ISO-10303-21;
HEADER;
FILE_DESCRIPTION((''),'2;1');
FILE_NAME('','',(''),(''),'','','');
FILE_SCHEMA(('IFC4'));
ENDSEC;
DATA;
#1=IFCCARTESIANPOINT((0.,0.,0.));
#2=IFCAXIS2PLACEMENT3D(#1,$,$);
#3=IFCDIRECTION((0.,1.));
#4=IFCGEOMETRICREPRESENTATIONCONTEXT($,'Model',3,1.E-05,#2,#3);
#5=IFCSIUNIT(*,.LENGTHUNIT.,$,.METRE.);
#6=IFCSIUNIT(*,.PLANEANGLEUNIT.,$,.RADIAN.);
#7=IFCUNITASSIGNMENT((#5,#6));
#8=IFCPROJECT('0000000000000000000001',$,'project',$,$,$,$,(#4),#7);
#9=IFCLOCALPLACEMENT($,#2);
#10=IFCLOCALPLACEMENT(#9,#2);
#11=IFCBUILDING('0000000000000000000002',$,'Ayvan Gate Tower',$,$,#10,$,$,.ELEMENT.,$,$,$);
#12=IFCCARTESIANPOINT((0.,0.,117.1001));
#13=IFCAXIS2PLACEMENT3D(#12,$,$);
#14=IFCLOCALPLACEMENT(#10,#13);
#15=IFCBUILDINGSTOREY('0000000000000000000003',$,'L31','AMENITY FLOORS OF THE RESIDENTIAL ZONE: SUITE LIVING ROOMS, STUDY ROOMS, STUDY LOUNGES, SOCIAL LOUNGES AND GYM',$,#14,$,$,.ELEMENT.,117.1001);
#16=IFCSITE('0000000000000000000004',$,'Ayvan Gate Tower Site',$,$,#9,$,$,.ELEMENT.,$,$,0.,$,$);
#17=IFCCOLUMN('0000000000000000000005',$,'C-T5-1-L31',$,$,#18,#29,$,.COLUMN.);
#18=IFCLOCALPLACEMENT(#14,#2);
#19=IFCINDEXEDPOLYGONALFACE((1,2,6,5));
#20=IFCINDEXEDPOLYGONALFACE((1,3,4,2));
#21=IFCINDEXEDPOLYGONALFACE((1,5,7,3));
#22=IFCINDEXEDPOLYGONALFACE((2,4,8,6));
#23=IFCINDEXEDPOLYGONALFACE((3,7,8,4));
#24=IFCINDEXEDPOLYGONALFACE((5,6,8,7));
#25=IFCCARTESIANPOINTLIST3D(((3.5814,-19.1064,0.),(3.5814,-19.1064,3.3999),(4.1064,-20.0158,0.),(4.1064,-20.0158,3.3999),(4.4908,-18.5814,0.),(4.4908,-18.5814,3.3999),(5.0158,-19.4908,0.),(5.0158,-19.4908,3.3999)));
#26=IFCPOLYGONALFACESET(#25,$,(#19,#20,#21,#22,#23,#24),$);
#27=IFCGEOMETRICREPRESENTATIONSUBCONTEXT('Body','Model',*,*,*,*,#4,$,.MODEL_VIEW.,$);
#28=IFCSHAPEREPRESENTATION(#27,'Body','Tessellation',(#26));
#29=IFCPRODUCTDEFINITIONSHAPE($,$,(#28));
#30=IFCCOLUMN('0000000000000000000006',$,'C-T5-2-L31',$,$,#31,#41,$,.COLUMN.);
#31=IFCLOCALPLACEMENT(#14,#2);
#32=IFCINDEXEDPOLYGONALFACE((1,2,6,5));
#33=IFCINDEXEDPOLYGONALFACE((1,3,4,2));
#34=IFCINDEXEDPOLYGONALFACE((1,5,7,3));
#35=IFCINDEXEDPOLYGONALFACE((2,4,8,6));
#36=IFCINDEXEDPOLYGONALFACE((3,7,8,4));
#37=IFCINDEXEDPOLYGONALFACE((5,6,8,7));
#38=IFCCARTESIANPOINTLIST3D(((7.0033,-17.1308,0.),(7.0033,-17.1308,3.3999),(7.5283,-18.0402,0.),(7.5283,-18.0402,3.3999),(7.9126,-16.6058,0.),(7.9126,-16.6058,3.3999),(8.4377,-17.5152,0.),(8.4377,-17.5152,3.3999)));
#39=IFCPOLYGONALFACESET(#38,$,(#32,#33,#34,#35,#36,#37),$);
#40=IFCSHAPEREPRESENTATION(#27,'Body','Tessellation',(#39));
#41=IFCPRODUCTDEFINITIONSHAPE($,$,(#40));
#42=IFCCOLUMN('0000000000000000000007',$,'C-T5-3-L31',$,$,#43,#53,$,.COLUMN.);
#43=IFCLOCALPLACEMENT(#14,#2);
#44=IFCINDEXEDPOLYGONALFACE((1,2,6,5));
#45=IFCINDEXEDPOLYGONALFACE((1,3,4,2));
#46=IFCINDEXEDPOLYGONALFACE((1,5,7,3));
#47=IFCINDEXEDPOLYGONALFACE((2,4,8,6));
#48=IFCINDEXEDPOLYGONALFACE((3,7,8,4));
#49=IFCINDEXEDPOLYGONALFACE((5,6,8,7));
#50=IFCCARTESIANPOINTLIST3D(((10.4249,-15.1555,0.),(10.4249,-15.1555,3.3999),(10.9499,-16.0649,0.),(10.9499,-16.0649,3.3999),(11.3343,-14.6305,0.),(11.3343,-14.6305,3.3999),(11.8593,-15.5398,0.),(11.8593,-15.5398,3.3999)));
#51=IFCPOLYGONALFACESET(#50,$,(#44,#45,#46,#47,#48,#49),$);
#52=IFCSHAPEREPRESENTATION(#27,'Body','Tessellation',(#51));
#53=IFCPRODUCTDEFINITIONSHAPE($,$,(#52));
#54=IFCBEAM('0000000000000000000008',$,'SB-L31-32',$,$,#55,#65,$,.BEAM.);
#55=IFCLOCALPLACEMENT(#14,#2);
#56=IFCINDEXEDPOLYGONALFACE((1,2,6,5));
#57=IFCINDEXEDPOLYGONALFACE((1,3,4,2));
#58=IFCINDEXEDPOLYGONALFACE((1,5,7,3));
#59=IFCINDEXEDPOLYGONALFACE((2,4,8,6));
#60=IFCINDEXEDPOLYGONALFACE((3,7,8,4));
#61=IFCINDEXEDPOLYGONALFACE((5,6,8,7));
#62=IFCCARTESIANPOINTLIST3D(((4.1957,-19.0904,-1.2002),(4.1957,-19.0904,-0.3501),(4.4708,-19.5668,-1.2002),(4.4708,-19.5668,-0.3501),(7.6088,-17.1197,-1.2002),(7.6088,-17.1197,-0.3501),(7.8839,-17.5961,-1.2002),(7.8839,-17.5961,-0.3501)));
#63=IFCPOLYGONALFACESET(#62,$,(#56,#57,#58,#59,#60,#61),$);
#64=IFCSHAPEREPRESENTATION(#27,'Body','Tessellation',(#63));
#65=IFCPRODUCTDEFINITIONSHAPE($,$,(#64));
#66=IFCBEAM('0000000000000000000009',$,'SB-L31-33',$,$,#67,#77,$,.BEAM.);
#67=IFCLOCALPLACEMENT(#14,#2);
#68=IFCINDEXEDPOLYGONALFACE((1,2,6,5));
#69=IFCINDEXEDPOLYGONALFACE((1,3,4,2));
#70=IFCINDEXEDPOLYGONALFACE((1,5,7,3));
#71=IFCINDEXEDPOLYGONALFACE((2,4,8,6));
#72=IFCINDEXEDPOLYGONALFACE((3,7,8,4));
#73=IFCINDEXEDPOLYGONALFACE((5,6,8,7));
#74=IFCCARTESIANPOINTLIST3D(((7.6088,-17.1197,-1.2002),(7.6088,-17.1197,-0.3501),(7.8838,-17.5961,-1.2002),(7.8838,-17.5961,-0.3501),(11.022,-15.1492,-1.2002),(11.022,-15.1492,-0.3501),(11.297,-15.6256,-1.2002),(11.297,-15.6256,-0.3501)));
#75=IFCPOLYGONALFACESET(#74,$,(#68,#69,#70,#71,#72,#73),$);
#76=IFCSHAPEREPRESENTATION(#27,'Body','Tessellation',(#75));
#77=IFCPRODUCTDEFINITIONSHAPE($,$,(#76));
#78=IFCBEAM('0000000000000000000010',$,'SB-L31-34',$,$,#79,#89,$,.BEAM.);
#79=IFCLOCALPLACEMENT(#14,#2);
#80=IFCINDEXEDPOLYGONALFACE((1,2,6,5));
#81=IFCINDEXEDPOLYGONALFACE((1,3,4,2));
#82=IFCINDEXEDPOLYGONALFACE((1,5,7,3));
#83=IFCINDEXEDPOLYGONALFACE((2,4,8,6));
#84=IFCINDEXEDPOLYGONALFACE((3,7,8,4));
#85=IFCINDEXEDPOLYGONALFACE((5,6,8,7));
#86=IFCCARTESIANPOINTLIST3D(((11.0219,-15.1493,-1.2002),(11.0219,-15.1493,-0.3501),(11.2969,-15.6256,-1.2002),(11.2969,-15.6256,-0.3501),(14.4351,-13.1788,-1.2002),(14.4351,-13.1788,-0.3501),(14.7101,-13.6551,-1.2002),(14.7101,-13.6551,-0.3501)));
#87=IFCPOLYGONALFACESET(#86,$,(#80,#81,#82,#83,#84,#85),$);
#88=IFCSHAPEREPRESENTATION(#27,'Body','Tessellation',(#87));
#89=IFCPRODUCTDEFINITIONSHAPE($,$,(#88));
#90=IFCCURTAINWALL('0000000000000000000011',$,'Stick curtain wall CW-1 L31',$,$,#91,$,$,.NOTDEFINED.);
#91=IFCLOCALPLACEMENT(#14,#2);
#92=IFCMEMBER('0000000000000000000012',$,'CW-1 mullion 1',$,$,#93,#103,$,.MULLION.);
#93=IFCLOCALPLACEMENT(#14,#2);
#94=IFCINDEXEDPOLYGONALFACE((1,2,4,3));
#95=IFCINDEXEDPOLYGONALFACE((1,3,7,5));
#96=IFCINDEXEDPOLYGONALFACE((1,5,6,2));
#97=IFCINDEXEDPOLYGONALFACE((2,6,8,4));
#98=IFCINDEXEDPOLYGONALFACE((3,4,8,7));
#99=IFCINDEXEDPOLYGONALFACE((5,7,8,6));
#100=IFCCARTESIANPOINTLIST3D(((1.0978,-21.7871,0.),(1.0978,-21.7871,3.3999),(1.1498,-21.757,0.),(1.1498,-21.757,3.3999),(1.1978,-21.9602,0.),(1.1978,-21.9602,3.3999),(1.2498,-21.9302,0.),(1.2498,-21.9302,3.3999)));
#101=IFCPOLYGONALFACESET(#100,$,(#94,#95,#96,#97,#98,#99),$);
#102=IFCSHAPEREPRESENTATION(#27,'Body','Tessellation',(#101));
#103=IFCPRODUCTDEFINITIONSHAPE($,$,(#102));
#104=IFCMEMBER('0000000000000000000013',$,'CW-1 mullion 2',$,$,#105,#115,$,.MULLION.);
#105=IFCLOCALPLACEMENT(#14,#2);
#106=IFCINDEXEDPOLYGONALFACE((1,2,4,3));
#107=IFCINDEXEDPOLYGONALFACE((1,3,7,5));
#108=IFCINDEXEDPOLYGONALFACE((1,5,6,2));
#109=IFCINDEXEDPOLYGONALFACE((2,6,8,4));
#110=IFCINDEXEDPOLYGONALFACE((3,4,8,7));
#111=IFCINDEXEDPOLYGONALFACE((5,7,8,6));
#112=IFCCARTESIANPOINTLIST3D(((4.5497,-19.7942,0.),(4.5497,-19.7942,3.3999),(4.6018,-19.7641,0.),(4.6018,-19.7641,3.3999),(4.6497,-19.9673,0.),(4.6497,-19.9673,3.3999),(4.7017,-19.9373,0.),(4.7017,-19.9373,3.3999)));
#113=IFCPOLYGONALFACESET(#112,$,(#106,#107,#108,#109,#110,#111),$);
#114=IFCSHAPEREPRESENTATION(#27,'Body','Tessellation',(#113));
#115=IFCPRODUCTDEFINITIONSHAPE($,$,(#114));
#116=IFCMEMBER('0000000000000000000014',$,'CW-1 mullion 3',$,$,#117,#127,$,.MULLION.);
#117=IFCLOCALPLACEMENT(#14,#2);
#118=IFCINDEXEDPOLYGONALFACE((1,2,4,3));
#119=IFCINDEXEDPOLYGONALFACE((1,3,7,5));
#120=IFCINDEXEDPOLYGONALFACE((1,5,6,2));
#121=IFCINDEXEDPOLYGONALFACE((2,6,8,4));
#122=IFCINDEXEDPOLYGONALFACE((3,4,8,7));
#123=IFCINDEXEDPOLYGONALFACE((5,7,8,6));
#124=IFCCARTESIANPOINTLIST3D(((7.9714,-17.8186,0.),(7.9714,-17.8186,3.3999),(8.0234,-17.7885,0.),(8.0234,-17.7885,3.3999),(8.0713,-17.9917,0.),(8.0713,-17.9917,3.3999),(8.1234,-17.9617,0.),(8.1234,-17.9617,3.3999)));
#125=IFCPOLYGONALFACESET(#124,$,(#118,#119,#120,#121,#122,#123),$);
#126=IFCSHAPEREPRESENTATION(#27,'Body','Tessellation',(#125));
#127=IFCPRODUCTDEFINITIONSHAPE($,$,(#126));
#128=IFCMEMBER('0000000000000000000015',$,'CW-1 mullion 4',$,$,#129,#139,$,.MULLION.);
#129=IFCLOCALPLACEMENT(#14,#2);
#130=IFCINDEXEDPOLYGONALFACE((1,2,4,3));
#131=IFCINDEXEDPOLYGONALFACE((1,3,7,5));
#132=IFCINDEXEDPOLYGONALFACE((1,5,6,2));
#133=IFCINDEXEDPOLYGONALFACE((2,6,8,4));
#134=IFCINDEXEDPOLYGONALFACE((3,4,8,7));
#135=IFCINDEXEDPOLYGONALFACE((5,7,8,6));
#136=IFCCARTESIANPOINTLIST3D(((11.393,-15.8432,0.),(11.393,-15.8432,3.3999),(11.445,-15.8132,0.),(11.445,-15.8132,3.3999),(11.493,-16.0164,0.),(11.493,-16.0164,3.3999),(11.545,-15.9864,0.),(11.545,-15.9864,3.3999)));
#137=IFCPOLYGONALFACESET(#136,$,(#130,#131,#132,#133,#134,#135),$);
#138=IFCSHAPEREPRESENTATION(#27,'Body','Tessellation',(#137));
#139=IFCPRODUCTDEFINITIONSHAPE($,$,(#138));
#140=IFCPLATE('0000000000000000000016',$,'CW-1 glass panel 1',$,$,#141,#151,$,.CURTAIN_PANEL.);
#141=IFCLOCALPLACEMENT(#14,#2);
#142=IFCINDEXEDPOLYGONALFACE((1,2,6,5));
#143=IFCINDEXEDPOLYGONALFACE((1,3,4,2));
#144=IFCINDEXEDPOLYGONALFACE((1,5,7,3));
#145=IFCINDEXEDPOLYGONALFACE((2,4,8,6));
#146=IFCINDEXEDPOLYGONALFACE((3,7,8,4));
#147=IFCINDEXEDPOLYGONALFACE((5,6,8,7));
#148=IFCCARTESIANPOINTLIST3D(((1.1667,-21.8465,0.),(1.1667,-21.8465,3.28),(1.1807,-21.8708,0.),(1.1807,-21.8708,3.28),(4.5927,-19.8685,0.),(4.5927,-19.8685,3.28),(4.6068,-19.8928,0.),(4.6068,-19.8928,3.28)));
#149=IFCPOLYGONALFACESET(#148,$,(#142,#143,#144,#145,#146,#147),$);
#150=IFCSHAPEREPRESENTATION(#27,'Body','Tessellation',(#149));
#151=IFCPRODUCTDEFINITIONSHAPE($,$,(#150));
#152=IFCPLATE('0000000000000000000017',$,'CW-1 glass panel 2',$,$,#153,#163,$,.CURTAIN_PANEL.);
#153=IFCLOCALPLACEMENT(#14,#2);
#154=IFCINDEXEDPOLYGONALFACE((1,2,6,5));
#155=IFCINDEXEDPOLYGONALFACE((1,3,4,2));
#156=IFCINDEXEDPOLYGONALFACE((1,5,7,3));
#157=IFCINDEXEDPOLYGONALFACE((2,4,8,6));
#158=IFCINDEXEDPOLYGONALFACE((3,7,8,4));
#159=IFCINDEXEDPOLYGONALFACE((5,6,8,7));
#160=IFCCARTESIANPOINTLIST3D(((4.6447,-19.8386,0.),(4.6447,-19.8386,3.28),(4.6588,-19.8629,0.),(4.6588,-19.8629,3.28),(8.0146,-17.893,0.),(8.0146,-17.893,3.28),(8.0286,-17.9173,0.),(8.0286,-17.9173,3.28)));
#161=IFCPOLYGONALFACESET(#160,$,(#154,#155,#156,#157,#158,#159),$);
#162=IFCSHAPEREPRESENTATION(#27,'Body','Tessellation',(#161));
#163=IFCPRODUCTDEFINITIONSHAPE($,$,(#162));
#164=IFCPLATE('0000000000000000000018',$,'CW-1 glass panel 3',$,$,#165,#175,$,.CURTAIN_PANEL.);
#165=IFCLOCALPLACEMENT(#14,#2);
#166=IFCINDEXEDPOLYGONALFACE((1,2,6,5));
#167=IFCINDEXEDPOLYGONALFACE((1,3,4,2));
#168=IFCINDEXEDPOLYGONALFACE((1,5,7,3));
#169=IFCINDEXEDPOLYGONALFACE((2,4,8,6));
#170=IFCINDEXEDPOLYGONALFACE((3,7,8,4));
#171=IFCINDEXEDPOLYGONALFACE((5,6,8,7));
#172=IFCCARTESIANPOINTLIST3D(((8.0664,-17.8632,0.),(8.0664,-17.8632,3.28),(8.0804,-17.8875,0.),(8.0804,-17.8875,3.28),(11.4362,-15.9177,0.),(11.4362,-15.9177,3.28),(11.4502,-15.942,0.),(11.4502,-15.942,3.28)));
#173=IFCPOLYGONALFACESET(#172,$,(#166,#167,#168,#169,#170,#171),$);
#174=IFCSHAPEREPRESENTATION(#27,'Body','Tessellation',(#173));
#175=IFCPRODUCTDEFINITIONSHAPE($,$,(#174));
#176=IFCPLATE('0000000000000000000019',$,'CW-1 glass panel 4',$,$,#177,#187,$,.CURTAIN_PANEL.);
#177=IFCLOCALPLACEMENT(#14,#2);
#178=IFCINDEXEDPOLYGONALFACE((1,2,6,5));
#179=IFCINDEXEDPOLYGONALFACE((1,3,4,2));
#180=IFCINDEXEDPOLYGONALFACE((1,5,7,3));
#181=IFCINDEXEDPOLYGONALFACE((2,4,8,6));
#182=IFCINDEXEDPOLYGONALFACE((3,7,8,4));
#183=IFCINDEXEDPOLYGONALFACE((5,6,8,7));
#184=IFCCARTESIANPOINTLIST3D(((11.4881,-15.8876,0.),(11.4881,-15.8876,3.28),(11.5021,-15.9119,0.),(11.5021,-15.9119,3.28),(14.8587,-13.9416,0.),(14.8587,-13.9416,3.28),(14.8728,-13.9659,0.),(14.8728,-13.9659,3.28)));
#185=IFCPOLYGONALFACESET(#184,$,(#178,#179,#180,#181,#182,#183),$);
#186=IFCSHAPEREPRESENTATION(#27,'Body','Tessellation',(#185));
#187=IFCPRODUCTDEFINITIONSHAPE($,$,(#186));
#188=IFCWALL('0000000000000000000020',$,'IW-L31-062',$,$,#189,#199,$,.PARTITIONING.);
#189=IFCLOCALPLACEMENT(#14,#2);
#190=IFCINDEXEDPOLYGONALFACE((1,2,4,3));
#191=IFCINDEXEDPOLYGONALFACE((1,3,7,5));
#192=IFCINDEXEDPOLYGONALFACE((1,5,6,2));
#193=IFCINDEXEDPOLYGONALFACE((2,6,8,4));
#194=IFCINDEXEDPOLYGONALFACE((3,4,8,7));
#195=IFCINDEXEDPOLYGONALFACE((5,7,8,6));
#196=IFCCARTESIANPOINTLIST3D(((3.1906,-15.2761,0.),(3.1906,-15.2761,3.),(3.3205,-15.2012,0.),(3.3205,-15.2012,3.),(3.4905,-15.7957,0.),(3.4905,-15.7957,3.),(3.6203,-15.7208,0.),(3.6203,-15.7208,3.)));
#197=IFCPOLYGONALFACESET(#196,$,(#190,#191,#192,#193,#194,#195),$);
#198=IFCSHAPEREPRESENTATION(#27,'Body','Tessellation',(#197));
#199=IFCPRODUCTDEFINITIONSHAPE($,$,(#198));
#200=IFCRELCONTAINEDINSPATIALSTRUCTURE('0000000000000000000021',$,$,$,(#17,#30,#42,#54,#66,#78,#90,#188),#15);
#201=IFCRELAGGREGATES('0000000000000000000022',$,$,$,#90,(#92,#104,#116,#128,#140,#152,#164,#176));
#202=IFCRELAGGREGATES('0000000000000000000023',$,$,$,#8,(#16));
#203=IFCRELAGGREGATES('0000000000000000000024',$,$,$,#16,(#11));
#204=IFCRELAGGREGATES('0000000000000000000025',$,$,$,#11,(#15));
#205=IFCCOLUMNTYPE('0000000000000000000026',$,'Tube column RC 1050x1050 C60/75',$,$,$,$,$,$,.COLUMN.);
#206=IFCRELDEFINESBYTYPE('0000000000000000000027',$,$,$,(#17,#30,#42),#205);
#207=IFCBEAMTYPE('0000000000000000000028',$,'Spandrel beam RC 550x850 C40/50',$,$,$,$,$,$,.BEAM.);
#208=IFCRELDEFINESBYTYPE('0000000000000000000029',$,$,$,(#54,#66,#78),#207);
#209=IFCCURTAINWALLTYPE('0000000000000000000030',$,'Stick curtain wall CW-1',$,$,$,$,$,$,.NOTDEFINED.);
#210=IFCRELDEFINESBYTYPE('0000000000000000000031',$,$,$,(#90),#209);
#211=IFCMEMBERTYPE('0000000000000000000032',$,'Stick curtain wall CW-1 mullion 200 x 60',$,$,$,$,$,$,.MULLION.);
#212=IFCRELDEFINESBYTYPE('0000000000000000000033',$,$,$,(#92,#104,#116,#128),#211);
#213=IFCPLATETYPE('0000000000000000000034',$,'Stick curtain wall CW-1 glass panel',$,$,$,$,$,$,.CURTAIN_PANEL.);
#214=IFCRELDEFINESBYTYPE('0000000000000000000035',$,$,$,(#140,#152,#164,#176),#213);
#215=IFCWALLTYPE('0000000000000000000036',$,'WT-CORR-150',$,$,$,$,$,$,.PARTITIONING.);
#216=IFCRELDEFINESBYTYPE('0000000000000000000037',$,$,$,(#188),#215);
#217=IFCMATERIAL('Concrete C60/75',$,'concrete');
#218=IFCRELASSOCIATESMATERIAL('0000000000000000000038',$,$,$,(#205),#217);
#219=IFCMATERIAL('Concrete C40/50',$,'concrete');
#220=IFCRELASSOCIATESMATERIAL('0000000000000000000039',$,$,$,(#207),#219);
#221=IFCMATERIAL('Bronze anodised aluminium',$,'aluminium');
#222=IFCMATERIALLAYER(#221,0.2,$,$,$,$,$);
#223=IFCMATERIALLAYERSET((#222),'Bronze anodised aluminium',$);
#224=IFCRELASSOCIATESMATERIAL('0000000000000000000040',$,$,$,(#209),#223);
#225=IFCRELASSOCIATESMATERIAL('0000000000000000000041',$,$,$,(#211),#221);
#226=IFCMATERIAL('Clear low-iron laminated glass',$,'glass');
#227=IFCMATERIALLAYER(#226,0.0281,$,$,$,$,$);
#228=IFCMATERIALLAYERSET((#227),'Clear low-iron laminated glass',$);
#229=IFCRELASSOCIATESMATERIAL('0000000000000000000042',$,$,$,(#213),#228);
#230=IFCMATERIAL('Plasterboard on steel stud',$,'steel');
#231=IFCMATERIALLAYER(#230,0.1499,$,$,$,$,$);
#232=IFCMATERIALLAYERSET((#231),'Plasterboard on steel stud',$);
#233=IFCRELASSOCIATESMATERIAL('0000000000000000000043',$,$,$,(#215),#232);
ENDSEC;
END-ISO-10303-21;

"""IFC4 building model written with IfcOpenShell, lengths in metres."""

from ifc_helpers import new_model, si_unit, direction, frame, frame_2d, origin, origin_2d, place, context, subcontext, project, spatial, rectangle, extrude, material, layer, layer_set, material_profile, profile_set, type_object, element, aggregate, save


model = new_model("IFC4")

# Units and contexts
model_context = context("Model", 3, precision=1e-05, world=origin(), true_north=direction((0.0, 1.0)))
body_context = subcontext(model_context, "Body", "Model", "MODEL_VIEW")
ifc_project = project(units=[si_unit("LENGTHUNIT", "METRE"), si_unit("PLANEANGLEUNIT", "RADIAN")], contexts=[model_context])

# Site, building, storey
site_placement = place(None, origin())
site = spatial("IfcSite", under=ifc_project, at=site_placement, Name="Ayvan Gate Tower Site", CompositionType="ELEMENT", RefElevation=0.0)
building_placement = place(site_placement, origin())
building = spatial("IfcBuilding", under=site, at=building_placement, Name="Ayvan Gate Tower", CompositionType="ELEMENT")
storey_placement = place(building_placement, frame((0.0, 0.0, 117.1001)))
storey = spatial("IfcBuildingStorey", under=building, at=storey_placement, Name="L31", Description="AMENITY FLOORS OF THE RESIDENTIAL ZONE: SUITE LIVING ROOMS, STUDY ROOMS, STUDY LOUNGES, SOCIAL LOUNGES AND GYM", CompositionType="ELEMENT", Elevation=117.1001)

# Columns
ifc_material_1 = material(Name="Concrete C60/75", Category="concrete")
ifc_material_profile_1 = material_profile(ifc_material_1, rectangle(XDim=1.05, YDim=1.05, at=origin_2d()), Name="RC 1050x1050")
ifc_profile_set_1 = profile_set([ifc_material_profile_1], Name="Concrete C60/75")
column_type = type_object("IfcColumnType", Name="Tube column RC 1050x1050 C60/75", PredefinedType="COLUMN", material=ifc_profile_set_1)
for number, where, z_axis, x_axis, name in (
    (1, (4.2986, -19.2986, 0.0), (0.0, 0.0, 1.0), (0.5, -0.866025, 0.0), "C-T5-1-L31"),
    (2, (7.7205, -17.323, 0.0), (0.0, 0.0, 1.0), (0.5, -0.866025, 0.0), "C-T5-2-L31"),
    (3, (11.1421, -15.3477, 0.0), (0.0, 0.0, 1.0), (0.5, -0.866025, 0.0), "C-T5-3-L31"),
):
    element("IfcColumn", number, at=place(storey_placement, frame(where, z_axis=z_axis, x_axis=x_axis)), inside=storey, type_object=column_type, Name=name, PredefinedType="COLUMN", context=body_context, shape_type="SweptSolid", body=[
        extrude(rectangle(XDim=1.05, YDim=1.05, at=origin_2d()), origin(), (0.0, 0.0, 1.0), 3.3999),
    ])

# Beams
ifc_material_2 = material(Name="Concrete C40/50", Category="concrete")
ifc_material_profile_2 = material_profile(ifc_material_2, rectangle(XDim=0.55, YDim=0.8501, at=origin_2d()), Name="RC 550x850")
ifc_profile_set_2 = profile_set([ifc_material_profile_2], Name="Concrete C40/50")
beam_type = type_object("IfcBeamType", Name="Spandrel beam RC 550x850 C40/50", PredefinedType="BEAM", material=ifc_profile_set_2)
for number, where, z_axis, x_axis, name in (
    (4, (4.3333, -19.3286, -0.7751), (0.866008, 0.50003, 0.0), (-0.50003, 0.866008, 0.0), "SB-L31-32"),
    (5, (7.7463, -17.3579, -0.7751), (0.866035, 0.499983, 0.0), (-0.499983, 0.866035, 0.0), "SB-L31-33"),
    (6, (11.1594, -15.3875, -0.7751), (0.866035, 0.499983, 0.0), (-0.499983, 0.866035, 0.0), "SB-L31-34"),
):
    element("IfcBeam", number, at=place(storey_placement, frame(where, z_axis=z_axis, x_axis=x_axis)), inside=storey, type_object=beam_type, Name=name, PredefinedType="BEAM", context=body_context, shape_type="SweptSolid", body=[
        extrude(rectangle(XDim=0.55, YDim=0.8501, at=origin_2d()), origin(), (0.0, 0.0, 1.0), 3.9412),
    ])

# Curtain wall, members, plates
ifc_material_3 = material(Name="Bronze anodised aluminium", Category="aluminium")
ifc_layer_1 = layer(ifc_material_3, 0.2)
ifc_layer_set_1 = layer_set([ifc_layer_1], Name="Bronze anodised aluminium")
curtain_wall_type = type_object("IfcCurtainWallType", Name="Stick curtain wall CW-1", PredefinedType="NOTDEFINED", material=ifc_layer_set_1)
curtain_wall_placement = place(storey_placement, origin())
curtain_wall = element("IfcCurtainWall", 7, at=curtain_wall_placement, inside=storey, type_object=curtain_wall_type, Name="Stick curtain wall CW-1 L31", PredefinedType="NOTDEFINED")
ifc_material_profile_3 = material_profile(ifc_material_3, rectangle(XDim=0.2, YDim=0.0601, at=origin_2d()), Name="Stick curtain wall CW-1 mullion 200 x 60")
ifc_profile_set_3 = profile_set([ifc_material_profile_3], Name="Bronze anodised aluminium")
member_type = type_object("IfcMemberType", Name="Stick curtain wall CW-1 mullion 200 x 60", PredefinedType="MULLION", material=ifc_profile_set_3)
member_1_placement = place(storey_placement, frame((1.1738, -21.8586, 0.0), z_axis=(0.0, 0.0, 1.0), x_axis=(0.5, -0.866025, 0.0)))
member_1 = element("IfcMember", 8, at=member_1_placement, type_object=member_type, Name="CW-1 mullion 1", PredefinedType="MULLION", context=body_context, shape_type="SweptSolid", body=[
    extrude(rectangle(XDim=0.2, YDim=0.0601, at=origin_2d()), origin(), (0.0, 0.0, 1.0), 3.3999),
])
member_2_placement = place(storey_placement, frame((4.6257, -19.8657, 0.0), z_axis=(0.0, 0.0, 1.0), x_axis=(0.5, -0.866025, 0.0)))
member_2 = element("IfcMember", 9, at=member_2_placement, type_object=member_type, Name="CW-1 mullion 2", PredefinedType="MULLION", context=body_context, shape_type="SweptSolid", body=[
    extrude(rectangle(XDim=0.2, YDim=0.0601, at=origin_2d()), origin(), (0.0, 0.0, 1.0), 3.3999),
])
member_3_placement = place(storey_placement, frame((8.0474, -17.8901, 0.0), z_axis=(0.0, 0.0, 1.0), x_axis=(0.5, -0.866025, 0.0)))
member_3 = element("IfcMember", 10, at=member_3_placement, type_object=member_type, Name="CW-1 mullion 3", PredefinedType="MULLION", context=body_context, shape_type="SweptSolid", body=[
    extrude(rectangle(XDim=0.2, YDim=0.0601, at=origin_2d()), origin(), (0.0, 0.0, 1.0), 3.3999),
])
member_4_placement = place(storey_placement, frame((11.469, -15.9148, 0.0), z_axis=(0.0, 0.0, 1.0), x_axis=(0.5, -0.866025, 0.0)))
member_4 = element("IfcMember", 11, at=member_4_placement, type_object=member_type, Name="CW-1 mullion 4", PredefinedType="MULLION", context=body_context, shape_type="SweptSolid", body=[
    extrude(rectangle(XDim=0.2, YDim=0.0601, at=origin_2d()), origin(), (0.0, 0.0, 1.0), 3.3999),
])
ifc_material_4 = material(Name="Clear low-iron laminated glass", Category="glass")
ifc_layer_2 = layer(ifc_material_4, 0.0281)
ifc_layer_set_2 = layer_set([ifc_layer_2], Name="Clear low-iron laminated glass")
plate_type = type_object("IfcPlateType", Name="Stick curtain wall CW-1 glass panel", PredefinedType="CURTAIN_PANEL", material=ifc_layer_set_2)
plate_1_placement = place(storey_placement, frame((2.8867, -20.8696, 0.0), z_axis=(0.0, 0.0, 1.0), x_axis=(0.866025, 0.5, 0.0)))
plate_1 = element("IfcPlate", 12, at=plate_1_placement, type_object=plate_type, Name="CW-1 glass panel 1", PredefinedType="CURTAIN_PANEL", context=body_context, shape_type="SweptSolid", body=[
    extrude(rectangle(XDim=3.9561, YDim=0.0281, at=origin_2d()), origin(), (0.0, 0.0, 1.0), 3.28),
])
plate_2_placement = place(storey_placement, frame((6.3367, -18.8779, 0.0), z_axis=(0.0, 0.0, 1.0), x_axis=(0.866025, 0.5, 0.0)))
plate_2 = element("IfcPlate", 13, at=plate_2_placement, type_object=plate_type, Name="CW-1 glass panel 2", PredefinedType="CURTAIN_PANEL", context=body_context, shape_type="SweptSolid", body=[
    extrude(rectangle(XDim=3.8911, YDim=0.0281, at=origin_2d()), origin(), (0.0, 0.0, 1.0), 3.28),
])
plate_3_placement = place(storey_placement, frame((9.7583, -16.9026, 0.0), z_axis=(0.0, 0.0, 1.0), x_axis=(0.866025, 0.5, 0.0)))
plate_3 = element("IfcPlate", 14, at=plate_3_placement, type_object=plate_type, Name="CW-1 glass panel 3", PredefinedType="CURTAIN_PANEL", context=body_context, shape_type="SweptSolid", body=[
    extrude(rectangle(XDim=3.8911, YDim=0.0281, at=origin_2d()), origin(), (0.0, 0.0, 1.0), 3.28),
])
plate_4_placement = place(storey_placement, frame((13.1804, -14.9268, 0.0), z_axis=(0.0, 0.0, 1.0), x_axis=(0.866025, 0.5, 0.0)))
plate_4 = element("IfcPlate", 15, at=plate_4_placement, type_object=plate_type, Name="CW-1 glass panel 4", PredefinedType="CURTAIN_PANEL", context=body_context, shape_type="SweptSolid", body=[
    extrude(rectangle(XDim=3.8921, YDim=0.0281, at=origin_2d()), origin(), (0.0, 0.0, 1.0), 3.28),
])
aggregate(curtain_wall, [member_1, member_2, member_3, member_4, plate_1, plate_2, plate_3, plate_4])

# Wall
ifc_material_5 = material(Name="Plasterboard on steel stud", Category="steel")
ifc_layer_3 = layer(ifc_material_5, 0.1499)
ifc_layer_set_3 = layer_set([ifc_layer_3], Name="Plasterboard on steel stud")
wall_type_1 = type_object("IfcWallType", Name="WT-CORR-150", PredefinedType="PARTITIONING", material=ifc_layer_set_3)
wall_1_placement = place(storey_placement, frame((3.2556, -15.2388, 0.0), z_axis=(0.0, 0.0, 1.0), x_axis=(0.499816, -0.866131, 0.0)))
element("IfcWall", 16, at=wall_1_placement, inside=storey, type_object=wall_type_1, Name="IW-L31-062", PredefinedType="PARTITIONING", context=body_context, shape_type="SweptSolid", body=[
    extrude(rectangle(XDim=0.5999, YDim=0.1499, at=frame_2d((0.2998, 0.0))), origin(), (0.0, 0.0, 1.0), 3.0),
])

save(model, "model.ifc")
